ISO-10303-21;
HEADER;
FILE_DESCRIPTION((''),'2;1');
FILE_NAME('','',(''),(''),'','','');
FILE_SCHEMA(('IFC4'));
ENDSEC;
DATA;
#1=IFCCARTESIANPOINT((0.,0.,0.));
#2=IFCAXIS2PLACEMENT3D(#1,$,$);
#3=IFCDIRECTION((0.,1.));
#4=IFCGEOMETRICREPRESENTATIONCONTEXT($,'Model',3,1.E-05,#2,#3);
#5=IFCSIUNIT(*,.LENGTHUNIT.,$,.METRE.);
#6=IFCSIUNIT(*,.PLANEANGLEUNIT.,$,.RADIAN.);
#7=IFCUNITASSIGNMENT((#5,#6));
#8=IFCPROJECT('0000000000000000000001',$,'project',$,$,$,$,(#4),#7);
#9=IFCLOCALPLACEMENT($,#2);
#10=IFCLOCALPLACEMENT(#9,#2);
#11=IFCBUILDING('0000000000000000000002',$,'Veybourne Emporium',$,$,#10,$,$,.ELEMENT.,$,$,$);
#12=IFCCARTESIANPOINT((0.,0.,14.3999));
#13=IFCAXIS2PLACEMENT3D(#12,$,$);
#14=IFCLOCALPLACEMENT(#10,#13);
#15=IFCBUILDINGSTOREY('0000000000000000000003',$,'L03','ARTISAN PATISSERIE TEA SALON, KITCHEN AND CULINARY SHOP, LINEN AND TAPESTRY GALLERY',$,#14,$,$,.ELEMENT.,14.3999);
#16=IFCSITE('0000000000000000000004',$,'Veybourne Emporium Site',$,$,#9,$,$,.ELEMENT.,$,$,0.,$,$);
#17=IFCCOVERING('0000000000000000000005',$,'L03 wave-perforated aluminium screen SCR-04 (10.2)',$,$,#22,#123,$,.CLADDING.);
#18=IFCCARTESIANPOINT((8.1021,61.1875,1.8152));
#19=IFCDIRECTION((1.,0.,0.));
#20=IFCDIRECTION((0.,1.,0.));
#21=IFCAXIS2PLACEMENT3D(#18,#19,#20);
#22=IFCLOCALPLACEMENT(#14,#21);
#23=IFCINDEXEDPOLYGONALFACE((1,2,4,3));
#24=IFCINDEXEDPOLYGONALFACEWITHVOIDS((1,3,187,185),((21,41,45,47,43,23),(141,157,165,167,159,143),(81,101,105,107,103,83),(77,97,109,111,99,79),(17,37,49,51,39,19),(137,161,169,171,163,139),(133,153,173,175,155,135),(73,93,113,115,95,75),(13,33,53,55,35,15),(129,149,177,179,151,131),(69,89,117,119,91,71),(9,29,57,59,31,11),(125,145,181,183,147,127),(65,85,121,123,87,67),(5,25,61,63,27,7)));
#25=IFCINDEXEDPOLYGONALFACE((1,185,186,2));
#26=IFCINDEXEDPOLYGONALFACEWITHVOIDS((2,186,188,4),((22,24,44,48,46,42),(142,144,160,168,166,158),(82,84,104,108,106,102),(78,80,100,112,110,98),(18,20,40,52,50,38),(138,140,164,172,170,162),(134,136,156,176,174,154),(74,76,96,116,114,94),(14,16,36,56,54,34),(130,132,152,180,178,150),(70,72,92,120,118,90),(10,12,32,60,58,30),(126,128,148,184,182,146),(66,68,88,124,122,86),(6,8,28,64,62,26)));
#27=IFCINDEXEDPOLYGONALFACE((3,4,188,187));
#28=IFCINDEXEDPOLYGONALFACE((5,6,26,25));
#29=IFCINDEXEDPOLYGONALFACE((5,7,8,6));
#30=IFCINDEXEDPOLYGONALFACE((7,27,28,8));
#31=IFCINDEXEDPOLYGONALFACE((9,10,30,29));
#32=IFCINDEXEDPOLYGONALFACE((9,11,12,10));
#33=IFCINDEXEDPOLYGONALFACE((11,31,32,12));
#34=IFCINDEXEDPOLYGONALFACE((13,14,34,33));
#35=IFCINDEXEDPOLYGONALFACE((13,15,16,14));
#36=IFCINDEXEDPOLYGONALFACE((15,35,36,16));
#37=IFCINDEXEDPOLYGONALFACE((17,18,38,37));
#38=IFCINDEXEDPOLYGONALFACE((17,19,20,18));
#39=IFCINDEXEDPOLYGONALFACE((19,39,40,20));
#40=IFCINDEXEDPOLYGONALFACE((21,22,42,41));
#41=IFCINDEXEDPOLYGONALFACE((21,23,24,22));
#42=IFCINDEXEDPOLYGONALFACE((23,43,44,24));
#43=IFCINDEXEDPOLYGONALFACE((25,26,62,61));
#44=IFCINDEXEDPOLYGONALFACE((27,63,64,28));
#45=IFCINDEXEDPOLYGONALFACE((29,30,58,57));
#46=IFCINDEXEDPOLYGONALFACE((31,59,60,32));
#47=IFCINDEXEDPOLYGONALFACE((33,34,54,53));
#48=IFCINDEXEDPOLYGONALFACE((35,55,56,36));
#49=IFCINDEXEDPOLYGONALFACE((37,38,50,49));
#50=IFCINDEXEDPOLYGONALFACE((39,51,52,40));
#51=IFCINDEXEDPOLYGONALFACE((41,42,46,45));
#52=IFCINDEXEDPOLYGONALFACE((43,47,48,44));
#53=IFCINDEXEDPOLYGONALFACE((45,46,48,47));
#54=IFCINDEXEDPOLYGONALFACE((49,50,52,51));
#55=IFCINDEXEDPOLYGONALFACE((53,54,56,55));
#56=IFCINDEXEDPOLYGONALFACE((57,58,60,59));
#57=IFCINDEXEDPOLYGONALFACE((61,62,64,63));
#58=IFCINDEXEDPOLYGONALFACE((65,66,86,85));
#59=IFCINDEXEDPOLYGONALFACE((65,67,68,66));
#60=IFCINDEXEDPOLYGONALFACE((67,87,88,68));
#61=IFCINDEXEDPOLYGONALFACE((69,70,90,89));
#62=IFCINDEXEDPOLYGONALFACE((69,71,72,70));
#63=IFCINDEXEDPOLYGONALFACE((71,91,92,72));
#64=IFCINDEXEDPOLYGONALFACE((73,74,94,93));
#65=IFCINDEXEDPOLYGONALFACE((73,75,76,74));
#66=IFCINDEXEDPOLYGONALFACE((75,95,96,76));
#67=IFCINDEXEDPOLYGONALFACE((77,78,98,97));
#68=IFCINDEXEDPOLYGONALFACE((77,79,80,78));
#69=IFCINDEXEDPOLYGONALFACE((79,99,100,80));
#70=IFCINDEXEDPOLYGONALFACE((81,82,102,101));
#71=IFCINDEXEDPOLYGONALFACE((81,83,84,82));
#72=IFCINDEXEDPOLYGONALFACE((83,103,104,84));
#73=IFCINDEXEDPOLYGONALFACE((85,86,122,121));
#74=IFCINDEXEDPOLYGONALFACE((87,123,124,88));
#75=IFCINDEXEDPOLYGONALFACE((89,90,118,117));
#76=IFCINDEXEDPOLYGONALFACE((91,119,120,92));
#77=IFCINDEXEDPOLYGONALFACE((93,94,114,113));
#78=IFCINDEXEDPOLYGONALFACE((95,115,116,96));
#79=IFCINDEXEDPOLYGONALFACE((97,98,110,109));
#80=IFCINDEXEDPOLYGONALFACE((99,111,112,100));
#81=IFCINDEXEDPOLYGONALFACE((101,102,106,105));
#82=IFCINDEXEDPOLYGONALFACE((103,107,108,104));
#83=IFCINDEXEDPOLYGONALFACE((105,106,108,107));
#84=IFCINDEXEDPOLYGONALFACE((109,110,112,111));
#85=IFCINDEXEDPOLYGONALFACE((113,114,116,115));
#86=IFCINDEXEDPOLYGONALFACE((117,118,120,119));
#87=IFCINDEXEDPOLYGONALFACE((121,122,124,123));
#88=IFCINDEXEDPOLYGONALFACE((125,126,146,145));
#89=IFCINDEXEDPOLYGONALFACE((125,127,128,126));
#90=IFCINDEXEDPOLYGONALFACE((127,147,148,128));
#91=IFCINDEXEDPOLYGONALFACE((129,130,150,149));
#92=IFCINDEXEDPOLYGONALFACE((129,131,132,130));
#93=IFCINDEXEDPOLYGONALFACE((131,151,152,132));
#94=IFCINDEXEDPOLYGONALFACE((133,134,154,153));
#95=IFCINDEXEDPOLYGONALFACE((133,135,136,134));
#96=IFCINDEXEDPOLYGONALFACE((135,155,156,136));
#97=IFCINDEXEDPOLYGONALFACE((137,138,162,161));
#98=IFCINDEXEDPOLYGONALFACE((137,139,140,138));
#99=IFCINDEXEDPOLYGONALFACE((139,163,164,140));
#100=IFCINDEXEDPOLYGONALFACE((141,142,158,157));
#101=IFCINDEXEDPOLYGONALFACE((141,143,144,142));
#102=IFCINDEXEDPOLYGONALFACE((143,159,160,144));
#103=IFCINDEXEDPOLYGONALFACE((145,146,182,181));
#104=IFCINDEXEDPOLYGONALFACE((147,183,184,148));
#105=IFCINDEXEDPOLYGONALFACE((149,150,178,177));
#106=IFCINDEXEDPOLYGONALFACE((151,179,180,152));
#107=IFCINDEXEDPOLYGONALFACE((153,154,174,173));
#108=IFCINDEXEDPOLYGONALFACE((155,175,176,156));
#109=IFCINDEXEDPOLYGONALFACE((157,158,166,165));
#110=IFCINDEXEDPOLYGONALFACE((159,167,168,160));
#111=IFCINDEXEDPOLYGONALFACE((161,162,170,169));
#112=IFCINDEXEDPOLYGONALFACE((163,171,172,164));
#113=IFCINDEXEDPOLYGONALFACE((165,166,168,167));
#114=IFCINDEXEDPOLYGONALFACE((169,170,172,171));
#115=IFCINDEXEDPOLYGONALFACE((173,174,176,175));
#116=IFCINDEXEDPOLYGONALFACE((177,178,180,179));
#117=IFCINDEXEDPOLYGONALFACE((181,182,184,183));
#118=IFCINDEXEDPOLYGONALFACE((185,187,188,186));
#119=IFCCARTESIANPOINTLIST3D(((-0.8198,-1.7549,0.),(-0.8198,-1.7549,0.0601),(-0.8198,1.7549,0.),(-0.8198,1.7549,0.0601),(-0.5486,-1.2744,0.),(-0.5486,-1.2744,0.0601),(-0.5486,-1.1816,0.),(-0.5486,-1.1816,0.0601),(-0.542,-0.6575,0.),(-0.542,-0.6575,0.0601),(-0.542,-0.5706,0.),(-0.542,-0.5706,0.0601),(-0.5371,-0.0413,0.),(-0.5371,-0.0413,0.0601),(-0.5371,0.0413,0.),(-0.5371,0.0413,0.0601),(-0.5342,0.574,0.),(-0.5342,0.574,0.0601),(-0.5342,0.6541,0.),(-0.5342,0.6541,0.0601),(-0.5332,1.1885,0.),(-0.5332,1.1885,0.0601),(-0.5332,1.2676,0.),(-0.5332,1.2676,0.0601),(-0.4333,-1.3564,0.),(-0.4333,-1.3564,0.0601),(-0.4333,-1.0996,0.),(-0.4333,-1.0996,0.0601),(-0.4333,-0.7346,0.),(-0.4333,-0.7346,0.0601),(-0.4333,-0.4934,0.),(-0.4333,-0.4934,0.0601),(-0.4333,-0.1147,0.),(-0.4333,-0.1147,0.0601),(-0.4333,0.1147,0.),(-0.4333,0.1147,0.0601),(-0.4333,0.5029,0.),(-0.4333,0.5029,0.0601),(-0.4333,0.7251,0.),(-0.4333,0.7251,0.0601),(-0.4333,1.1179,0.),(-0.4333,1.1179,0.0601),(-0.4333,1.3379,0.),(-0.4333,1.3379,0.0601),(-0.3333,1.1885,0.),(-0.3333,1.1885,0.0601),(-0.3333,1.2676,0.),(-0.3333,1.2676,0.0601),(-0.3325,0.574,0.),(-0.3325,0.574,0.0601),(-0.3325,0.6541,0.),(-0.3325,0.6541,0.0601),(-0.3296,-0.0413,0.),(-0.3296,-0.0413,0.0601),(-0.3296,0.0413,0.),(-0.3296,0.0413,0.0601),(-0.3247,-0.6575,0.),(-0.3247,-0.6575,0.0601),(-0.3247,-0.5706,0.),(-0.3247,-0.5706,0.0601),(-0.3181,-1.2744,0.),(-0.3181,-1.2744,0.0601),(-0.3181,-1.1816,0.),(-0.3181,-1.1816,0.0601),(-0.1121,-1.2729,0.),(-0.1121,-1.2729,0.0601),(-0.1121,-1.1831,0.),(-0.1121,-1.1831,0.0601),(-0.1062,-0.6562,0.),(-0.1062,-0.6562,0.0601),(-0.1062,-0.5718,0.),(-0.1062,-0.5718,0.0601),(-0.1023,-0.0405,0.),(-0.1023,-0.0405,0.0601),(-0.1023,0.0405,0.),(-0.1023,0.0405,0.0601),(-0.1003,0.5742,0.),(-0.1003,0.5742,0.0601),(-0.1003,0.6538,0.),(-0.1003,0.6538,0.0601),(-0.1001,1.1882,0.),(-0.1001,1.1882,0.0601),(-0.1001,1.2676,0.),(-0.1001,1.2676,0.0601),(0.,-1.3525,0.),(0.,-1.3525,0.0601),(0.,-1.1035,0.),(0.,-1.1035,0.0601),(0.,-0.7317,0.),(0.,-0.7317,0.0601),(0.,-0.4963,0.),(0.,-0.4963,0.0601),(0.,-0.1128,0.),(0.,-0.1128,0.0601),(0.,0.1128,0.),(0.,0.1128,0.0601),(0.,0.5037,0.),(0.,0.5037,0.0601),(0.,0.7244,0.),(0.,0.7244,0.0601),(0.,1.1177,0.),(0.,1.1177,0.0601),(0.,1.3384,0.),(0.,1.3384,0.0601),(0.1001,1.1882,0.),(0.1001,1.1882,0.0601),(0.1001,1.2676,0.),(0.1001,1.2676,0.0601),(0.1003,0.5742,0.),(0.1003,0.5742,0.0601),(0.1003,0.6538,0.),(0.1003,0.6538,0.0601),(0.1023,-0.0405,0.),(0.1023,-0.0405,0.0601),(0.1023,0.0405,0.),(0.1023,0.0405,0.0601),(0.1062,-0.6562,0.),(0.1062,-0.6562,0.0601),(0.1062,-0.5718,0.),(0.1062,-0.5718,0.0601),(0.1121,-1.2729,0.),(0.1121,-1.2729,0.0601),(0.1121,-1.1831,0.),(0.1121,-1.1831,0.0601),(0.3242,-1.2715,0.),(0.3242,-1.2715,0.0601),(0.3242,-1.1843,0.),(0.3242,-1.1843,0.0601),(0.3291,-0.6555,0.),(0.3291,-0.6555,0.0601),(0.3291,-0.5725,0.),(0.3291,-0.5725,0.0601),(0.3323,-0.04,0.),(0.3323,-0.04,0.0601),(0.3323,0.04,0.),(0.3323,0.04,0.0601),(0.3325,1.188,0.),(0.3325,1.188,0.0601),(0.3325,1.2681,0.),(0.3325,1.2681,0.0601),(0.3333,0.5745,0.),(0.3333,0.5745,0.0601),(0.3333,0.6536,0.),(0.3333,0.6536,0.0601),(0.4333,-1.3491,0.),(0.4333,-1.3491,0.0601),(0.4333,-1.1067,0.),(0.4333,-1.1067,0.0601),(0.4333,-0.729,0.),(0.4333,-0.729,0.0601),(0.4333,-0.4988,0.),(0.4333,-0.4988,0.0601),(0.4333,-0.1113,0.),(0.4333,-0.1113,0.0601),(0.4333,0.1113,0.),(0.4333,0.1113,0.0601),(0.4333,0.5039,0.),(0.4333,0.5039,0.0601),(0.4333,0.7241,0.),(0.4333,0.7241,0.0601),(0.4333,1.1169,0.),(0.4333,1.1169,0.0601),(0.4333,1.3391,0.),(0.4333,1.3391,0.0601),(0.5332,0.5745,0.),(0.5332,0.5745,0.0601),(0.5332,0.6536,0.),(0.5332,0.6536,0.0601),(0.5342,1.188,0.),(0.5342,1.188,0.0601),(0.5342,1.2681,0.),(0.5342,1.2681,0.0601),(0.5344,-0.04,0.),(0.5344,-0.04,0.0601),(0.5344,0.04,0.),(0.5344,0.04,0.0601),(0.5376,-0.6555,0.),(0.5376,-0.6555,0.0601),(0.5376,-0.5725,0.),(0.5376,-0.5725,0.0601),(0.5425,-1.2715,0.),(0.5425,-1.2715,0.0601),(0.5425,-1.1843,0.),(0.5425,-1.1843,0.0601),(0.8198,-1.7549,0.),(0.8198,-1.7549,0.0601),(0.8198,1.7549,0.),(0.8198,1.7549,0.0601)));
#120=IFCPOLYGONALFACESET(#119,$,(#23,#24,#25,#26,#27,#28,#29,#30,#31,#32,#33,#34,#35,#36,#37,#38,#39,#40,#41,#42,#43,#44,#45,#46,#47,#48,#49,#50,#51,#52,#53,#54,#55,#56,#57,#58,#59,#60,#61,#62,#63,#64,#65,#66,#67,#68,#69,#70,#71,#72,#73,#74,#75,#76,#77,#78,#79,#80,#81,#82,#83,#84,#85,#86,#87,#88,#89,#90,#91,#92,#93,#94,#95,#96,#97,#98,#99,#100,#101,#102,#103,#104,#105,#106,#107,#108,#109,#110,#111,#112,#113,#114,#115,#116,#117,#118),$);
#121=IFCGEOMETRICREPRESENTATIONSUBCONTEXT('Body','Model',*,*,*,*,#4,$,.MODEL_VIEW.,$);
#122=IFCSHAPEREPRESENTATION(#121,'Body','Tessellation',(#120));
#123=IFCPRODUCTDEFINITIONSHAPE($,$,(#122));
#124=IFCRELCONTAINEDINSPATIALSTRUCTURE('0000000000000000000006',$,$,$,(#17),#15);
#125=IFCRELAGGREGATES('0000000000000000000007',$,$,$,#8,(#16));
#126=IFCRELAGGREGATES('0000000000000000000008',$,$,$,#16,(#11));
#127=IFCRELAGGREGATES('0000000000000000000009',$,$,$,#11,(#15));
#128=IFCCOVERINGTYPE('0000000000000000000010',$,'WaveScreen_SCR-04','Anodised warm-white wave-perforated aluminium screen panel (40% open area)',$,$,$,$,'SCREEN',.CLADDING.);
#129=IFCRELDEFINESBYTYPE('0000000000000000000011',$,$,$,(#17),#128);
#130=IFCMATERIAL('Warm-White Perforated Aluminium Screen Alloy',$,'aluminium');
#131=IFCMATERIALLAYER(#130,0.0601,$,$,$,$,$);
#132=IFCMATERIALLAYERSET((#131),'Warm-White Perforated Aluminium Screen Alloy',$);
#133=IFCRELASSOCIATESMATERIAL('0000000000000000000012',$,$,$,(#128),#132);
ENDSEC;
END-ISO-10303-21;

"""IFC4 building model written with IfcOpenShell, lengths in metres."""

from ifc_helpers import new_model, si_unit, direction, frame, origin, place, context, subcontext, project, spatial, polyline, outline, extrude, material, layer, layer_set, type_object, element, save


model = new_model("IFC4")

# Units and contexts
model_context = context("Model", 3, precision=1e-05, world=origin(), true_north=direction((0.0, 1.0)))
body_context = subcontext(model_context, "Body", "Model", "MODEL_VIEW")
ifc_project = project(units=[si_unit("LENGTHUNIT", "METRE"), si_unit("PLANEANGLEUNIT", "RADIAN")], contexts=[model_context])

# Site, building, storey
site_placement = place(None, origin())
site = spatial("IfcSite", under=ifc_project, at=site_placement, Name="Veybourne Emporium Site", CompositionType="ELEMENT", RefElevation=0.0)
building_placement = place(site_placement, origin())
building = spatial("IfcBuilding", under=site, at=building_placement, Name="Veybourne Emporium", CompositionType="ELEMENT")
storey_placement = place(building_placement, frame((0.0, 0.0, 14.3999)))
storey = spatial("IfcBuildingStorey", under=building, at=storey_placement, Name="L03", Description="ARTISAN PATISSERIE TEA SALON, KITCHEN AND CULINARY SHOP, LINEN AND TAPESTRY GALLERY", CompositionType="ELEMENT", Elevation=14.3999)

# Covering
ifc_material_1 = material(Name="Warm-White Perforated Aluminium Screen Alloy", Category="aluminium")
ifc_layer_1 = layer(ifc_material_1, 0.0601)
ifc_layer_set_1 = layer_set([ifc_layer_1], Name="Warm-White Perforated Aluminium Screen Alloy")
covering_type_1 = type_object("IfcCoveringType", Name="WaveScreen_SCR-04", Description="Anodised warm-white wave-perforated aluminium screen panel (40% open area)", ElementType="SCREEN", PredefinedType="CLADDING", material=ifc_layer_set_1)
covering_1_placement = place(storey_placement, frame((8.1021, 61.1875, 1.8152), z_axis=(1.0, 0.0, 0.0), x_axis=(0.0, 1.0, 0.0)))
element("IfcCovering", 1, at=covering_1_placement, inside=storey, type_object=covering_type_1, Name="L03 wave-perforated aluminium screen SCR-04 (10.2)", PredefinedType="CLADDING", context=body_context, shape_type="SweptSolid", body=[
    extrude(outline(polyline([(-0.8198, -1.7549), (0.8198, -1.7549), (0.8198, 1.7549), (-0.8198, 1.7549), (-0.8198, -1.7549)]), holes=[polyline([(-0.4333, -1.0996), (-0.3181, -1.1816), (-0.3181, -1.2744), (-0.4333, -1.3564), (-0.5486, -1.2744), (-0.5486, -1.1816), (-0.4333, -1.0996)]), polyline([(-0.4333, -0.4934), (-0.3247, -0.5706), (-0.3247, -0.6575), (-0.4333, -0.7346), (-0.542, -0.6575), (-0.542, -0.5706), (-0.4333, -0.4934)]), polyline([(-0.4333, 0.1147), (-0.3296, 0.0413), (-0.3296, -0.0413), (-0.4333, -0.1147), (-0.5371, -0.0413), (-0.5371, 0.0413), (-0.4333, 0.1147)]), polyline([(-0.4333, 0.7251), (-0.3325, 0.6541), (-0.3325, 0.574), (-0.4333, 0.5029), (-0.5342, 0.574), (-0.5342, 0.6541), (-0.4333, 0.7251)]), polyline([(-0.4333, 1.3379), (-0.3333, 1.2676), (-0.3333, 1.1885), (-0.4333, 1.1179), (-0.5332, 1.1885), (-0.5332, 1.2676), (-0.4333, 1.3379)]), polyline([(0.0, -1.1035), (0.1121, -1.1831), (0.1121, -1.2729), (0.0, -1.3525), (-0.1121, -1.2729), (-0.1121, -1.1831), (0.0, -1.1035)]), polyline([(0.0, -0.4963), (0.1062, -0.5718), (0.1062, -0.6562), (0.0, -0.7317), (-0.1062, -0.6562), (-0.1062, -0.5718), (0.0, -0.4963)]), polyline([(0.0, 0.1128), (0.1023, 0.0405), (0.1023, -0.0405), (0.0, -0.1128), (-0.1023, -0.0405), (-0.1023, 0.0405), (0.0, 0.1128)]), polyline([(0.0, 0.7244), (0.1003, 0.6538), (0.1003, 0.5742), (0.0, 0.5037), (-0.1003, 0.5742), (-0.1003, 0.6538), (0.0, 0.7244)]), polyline([(0.0, 1.3384), (0.1001, 1.2676), (0.1001, 1.1882), (0.0, 1.1177), (-0.1001, 1.1882), (-0.1001, 1.2676), (0.0, 1.3384)]), polyline([(0.4333, -1.1067), (0.5425, -1.1843), (0.5425, -1.2715), (0.4333, -1.3491), (0.3242, -1.2715), (0.3242, -1.1843), (0.4333, -1.1067)]), polyline([(0.4333, -0.4988), (0.5376, -0.5725), (0.5376, -0.6555), (0.4333, -0.729), (0.3291, -0.6555), (0.3291, -0.5725), (0.4333, -0.4988)]), polyline([(0.4333, 0.1113), (0.5344, 0.04), (0.5344, -0.04), (0.4333, -0.1113), (0.3323, -0.04), (0.3323, 0.04), (0.4333, 0.1113)]), polyline([(0.4333, 0.7241), (0.5332, 0.6536), (0.5332, 0.5745), (0.4333, 0.5039), (0.3333, 0.5745), (0.3333, 0.6536), (0.4333, 0.7241)]), polyline([(0.4333, 1.3391), (0.5342, 1.2681), (0.5342, 1.188), (0.4333, 1.1169), (0.3325, 1.188), (0.3325, 1.2681), (0.4333, 1.3391)])]), origin(), (0.0, 0.0, 1.0), 0.0601),
])

save(model, "model.ifc")
